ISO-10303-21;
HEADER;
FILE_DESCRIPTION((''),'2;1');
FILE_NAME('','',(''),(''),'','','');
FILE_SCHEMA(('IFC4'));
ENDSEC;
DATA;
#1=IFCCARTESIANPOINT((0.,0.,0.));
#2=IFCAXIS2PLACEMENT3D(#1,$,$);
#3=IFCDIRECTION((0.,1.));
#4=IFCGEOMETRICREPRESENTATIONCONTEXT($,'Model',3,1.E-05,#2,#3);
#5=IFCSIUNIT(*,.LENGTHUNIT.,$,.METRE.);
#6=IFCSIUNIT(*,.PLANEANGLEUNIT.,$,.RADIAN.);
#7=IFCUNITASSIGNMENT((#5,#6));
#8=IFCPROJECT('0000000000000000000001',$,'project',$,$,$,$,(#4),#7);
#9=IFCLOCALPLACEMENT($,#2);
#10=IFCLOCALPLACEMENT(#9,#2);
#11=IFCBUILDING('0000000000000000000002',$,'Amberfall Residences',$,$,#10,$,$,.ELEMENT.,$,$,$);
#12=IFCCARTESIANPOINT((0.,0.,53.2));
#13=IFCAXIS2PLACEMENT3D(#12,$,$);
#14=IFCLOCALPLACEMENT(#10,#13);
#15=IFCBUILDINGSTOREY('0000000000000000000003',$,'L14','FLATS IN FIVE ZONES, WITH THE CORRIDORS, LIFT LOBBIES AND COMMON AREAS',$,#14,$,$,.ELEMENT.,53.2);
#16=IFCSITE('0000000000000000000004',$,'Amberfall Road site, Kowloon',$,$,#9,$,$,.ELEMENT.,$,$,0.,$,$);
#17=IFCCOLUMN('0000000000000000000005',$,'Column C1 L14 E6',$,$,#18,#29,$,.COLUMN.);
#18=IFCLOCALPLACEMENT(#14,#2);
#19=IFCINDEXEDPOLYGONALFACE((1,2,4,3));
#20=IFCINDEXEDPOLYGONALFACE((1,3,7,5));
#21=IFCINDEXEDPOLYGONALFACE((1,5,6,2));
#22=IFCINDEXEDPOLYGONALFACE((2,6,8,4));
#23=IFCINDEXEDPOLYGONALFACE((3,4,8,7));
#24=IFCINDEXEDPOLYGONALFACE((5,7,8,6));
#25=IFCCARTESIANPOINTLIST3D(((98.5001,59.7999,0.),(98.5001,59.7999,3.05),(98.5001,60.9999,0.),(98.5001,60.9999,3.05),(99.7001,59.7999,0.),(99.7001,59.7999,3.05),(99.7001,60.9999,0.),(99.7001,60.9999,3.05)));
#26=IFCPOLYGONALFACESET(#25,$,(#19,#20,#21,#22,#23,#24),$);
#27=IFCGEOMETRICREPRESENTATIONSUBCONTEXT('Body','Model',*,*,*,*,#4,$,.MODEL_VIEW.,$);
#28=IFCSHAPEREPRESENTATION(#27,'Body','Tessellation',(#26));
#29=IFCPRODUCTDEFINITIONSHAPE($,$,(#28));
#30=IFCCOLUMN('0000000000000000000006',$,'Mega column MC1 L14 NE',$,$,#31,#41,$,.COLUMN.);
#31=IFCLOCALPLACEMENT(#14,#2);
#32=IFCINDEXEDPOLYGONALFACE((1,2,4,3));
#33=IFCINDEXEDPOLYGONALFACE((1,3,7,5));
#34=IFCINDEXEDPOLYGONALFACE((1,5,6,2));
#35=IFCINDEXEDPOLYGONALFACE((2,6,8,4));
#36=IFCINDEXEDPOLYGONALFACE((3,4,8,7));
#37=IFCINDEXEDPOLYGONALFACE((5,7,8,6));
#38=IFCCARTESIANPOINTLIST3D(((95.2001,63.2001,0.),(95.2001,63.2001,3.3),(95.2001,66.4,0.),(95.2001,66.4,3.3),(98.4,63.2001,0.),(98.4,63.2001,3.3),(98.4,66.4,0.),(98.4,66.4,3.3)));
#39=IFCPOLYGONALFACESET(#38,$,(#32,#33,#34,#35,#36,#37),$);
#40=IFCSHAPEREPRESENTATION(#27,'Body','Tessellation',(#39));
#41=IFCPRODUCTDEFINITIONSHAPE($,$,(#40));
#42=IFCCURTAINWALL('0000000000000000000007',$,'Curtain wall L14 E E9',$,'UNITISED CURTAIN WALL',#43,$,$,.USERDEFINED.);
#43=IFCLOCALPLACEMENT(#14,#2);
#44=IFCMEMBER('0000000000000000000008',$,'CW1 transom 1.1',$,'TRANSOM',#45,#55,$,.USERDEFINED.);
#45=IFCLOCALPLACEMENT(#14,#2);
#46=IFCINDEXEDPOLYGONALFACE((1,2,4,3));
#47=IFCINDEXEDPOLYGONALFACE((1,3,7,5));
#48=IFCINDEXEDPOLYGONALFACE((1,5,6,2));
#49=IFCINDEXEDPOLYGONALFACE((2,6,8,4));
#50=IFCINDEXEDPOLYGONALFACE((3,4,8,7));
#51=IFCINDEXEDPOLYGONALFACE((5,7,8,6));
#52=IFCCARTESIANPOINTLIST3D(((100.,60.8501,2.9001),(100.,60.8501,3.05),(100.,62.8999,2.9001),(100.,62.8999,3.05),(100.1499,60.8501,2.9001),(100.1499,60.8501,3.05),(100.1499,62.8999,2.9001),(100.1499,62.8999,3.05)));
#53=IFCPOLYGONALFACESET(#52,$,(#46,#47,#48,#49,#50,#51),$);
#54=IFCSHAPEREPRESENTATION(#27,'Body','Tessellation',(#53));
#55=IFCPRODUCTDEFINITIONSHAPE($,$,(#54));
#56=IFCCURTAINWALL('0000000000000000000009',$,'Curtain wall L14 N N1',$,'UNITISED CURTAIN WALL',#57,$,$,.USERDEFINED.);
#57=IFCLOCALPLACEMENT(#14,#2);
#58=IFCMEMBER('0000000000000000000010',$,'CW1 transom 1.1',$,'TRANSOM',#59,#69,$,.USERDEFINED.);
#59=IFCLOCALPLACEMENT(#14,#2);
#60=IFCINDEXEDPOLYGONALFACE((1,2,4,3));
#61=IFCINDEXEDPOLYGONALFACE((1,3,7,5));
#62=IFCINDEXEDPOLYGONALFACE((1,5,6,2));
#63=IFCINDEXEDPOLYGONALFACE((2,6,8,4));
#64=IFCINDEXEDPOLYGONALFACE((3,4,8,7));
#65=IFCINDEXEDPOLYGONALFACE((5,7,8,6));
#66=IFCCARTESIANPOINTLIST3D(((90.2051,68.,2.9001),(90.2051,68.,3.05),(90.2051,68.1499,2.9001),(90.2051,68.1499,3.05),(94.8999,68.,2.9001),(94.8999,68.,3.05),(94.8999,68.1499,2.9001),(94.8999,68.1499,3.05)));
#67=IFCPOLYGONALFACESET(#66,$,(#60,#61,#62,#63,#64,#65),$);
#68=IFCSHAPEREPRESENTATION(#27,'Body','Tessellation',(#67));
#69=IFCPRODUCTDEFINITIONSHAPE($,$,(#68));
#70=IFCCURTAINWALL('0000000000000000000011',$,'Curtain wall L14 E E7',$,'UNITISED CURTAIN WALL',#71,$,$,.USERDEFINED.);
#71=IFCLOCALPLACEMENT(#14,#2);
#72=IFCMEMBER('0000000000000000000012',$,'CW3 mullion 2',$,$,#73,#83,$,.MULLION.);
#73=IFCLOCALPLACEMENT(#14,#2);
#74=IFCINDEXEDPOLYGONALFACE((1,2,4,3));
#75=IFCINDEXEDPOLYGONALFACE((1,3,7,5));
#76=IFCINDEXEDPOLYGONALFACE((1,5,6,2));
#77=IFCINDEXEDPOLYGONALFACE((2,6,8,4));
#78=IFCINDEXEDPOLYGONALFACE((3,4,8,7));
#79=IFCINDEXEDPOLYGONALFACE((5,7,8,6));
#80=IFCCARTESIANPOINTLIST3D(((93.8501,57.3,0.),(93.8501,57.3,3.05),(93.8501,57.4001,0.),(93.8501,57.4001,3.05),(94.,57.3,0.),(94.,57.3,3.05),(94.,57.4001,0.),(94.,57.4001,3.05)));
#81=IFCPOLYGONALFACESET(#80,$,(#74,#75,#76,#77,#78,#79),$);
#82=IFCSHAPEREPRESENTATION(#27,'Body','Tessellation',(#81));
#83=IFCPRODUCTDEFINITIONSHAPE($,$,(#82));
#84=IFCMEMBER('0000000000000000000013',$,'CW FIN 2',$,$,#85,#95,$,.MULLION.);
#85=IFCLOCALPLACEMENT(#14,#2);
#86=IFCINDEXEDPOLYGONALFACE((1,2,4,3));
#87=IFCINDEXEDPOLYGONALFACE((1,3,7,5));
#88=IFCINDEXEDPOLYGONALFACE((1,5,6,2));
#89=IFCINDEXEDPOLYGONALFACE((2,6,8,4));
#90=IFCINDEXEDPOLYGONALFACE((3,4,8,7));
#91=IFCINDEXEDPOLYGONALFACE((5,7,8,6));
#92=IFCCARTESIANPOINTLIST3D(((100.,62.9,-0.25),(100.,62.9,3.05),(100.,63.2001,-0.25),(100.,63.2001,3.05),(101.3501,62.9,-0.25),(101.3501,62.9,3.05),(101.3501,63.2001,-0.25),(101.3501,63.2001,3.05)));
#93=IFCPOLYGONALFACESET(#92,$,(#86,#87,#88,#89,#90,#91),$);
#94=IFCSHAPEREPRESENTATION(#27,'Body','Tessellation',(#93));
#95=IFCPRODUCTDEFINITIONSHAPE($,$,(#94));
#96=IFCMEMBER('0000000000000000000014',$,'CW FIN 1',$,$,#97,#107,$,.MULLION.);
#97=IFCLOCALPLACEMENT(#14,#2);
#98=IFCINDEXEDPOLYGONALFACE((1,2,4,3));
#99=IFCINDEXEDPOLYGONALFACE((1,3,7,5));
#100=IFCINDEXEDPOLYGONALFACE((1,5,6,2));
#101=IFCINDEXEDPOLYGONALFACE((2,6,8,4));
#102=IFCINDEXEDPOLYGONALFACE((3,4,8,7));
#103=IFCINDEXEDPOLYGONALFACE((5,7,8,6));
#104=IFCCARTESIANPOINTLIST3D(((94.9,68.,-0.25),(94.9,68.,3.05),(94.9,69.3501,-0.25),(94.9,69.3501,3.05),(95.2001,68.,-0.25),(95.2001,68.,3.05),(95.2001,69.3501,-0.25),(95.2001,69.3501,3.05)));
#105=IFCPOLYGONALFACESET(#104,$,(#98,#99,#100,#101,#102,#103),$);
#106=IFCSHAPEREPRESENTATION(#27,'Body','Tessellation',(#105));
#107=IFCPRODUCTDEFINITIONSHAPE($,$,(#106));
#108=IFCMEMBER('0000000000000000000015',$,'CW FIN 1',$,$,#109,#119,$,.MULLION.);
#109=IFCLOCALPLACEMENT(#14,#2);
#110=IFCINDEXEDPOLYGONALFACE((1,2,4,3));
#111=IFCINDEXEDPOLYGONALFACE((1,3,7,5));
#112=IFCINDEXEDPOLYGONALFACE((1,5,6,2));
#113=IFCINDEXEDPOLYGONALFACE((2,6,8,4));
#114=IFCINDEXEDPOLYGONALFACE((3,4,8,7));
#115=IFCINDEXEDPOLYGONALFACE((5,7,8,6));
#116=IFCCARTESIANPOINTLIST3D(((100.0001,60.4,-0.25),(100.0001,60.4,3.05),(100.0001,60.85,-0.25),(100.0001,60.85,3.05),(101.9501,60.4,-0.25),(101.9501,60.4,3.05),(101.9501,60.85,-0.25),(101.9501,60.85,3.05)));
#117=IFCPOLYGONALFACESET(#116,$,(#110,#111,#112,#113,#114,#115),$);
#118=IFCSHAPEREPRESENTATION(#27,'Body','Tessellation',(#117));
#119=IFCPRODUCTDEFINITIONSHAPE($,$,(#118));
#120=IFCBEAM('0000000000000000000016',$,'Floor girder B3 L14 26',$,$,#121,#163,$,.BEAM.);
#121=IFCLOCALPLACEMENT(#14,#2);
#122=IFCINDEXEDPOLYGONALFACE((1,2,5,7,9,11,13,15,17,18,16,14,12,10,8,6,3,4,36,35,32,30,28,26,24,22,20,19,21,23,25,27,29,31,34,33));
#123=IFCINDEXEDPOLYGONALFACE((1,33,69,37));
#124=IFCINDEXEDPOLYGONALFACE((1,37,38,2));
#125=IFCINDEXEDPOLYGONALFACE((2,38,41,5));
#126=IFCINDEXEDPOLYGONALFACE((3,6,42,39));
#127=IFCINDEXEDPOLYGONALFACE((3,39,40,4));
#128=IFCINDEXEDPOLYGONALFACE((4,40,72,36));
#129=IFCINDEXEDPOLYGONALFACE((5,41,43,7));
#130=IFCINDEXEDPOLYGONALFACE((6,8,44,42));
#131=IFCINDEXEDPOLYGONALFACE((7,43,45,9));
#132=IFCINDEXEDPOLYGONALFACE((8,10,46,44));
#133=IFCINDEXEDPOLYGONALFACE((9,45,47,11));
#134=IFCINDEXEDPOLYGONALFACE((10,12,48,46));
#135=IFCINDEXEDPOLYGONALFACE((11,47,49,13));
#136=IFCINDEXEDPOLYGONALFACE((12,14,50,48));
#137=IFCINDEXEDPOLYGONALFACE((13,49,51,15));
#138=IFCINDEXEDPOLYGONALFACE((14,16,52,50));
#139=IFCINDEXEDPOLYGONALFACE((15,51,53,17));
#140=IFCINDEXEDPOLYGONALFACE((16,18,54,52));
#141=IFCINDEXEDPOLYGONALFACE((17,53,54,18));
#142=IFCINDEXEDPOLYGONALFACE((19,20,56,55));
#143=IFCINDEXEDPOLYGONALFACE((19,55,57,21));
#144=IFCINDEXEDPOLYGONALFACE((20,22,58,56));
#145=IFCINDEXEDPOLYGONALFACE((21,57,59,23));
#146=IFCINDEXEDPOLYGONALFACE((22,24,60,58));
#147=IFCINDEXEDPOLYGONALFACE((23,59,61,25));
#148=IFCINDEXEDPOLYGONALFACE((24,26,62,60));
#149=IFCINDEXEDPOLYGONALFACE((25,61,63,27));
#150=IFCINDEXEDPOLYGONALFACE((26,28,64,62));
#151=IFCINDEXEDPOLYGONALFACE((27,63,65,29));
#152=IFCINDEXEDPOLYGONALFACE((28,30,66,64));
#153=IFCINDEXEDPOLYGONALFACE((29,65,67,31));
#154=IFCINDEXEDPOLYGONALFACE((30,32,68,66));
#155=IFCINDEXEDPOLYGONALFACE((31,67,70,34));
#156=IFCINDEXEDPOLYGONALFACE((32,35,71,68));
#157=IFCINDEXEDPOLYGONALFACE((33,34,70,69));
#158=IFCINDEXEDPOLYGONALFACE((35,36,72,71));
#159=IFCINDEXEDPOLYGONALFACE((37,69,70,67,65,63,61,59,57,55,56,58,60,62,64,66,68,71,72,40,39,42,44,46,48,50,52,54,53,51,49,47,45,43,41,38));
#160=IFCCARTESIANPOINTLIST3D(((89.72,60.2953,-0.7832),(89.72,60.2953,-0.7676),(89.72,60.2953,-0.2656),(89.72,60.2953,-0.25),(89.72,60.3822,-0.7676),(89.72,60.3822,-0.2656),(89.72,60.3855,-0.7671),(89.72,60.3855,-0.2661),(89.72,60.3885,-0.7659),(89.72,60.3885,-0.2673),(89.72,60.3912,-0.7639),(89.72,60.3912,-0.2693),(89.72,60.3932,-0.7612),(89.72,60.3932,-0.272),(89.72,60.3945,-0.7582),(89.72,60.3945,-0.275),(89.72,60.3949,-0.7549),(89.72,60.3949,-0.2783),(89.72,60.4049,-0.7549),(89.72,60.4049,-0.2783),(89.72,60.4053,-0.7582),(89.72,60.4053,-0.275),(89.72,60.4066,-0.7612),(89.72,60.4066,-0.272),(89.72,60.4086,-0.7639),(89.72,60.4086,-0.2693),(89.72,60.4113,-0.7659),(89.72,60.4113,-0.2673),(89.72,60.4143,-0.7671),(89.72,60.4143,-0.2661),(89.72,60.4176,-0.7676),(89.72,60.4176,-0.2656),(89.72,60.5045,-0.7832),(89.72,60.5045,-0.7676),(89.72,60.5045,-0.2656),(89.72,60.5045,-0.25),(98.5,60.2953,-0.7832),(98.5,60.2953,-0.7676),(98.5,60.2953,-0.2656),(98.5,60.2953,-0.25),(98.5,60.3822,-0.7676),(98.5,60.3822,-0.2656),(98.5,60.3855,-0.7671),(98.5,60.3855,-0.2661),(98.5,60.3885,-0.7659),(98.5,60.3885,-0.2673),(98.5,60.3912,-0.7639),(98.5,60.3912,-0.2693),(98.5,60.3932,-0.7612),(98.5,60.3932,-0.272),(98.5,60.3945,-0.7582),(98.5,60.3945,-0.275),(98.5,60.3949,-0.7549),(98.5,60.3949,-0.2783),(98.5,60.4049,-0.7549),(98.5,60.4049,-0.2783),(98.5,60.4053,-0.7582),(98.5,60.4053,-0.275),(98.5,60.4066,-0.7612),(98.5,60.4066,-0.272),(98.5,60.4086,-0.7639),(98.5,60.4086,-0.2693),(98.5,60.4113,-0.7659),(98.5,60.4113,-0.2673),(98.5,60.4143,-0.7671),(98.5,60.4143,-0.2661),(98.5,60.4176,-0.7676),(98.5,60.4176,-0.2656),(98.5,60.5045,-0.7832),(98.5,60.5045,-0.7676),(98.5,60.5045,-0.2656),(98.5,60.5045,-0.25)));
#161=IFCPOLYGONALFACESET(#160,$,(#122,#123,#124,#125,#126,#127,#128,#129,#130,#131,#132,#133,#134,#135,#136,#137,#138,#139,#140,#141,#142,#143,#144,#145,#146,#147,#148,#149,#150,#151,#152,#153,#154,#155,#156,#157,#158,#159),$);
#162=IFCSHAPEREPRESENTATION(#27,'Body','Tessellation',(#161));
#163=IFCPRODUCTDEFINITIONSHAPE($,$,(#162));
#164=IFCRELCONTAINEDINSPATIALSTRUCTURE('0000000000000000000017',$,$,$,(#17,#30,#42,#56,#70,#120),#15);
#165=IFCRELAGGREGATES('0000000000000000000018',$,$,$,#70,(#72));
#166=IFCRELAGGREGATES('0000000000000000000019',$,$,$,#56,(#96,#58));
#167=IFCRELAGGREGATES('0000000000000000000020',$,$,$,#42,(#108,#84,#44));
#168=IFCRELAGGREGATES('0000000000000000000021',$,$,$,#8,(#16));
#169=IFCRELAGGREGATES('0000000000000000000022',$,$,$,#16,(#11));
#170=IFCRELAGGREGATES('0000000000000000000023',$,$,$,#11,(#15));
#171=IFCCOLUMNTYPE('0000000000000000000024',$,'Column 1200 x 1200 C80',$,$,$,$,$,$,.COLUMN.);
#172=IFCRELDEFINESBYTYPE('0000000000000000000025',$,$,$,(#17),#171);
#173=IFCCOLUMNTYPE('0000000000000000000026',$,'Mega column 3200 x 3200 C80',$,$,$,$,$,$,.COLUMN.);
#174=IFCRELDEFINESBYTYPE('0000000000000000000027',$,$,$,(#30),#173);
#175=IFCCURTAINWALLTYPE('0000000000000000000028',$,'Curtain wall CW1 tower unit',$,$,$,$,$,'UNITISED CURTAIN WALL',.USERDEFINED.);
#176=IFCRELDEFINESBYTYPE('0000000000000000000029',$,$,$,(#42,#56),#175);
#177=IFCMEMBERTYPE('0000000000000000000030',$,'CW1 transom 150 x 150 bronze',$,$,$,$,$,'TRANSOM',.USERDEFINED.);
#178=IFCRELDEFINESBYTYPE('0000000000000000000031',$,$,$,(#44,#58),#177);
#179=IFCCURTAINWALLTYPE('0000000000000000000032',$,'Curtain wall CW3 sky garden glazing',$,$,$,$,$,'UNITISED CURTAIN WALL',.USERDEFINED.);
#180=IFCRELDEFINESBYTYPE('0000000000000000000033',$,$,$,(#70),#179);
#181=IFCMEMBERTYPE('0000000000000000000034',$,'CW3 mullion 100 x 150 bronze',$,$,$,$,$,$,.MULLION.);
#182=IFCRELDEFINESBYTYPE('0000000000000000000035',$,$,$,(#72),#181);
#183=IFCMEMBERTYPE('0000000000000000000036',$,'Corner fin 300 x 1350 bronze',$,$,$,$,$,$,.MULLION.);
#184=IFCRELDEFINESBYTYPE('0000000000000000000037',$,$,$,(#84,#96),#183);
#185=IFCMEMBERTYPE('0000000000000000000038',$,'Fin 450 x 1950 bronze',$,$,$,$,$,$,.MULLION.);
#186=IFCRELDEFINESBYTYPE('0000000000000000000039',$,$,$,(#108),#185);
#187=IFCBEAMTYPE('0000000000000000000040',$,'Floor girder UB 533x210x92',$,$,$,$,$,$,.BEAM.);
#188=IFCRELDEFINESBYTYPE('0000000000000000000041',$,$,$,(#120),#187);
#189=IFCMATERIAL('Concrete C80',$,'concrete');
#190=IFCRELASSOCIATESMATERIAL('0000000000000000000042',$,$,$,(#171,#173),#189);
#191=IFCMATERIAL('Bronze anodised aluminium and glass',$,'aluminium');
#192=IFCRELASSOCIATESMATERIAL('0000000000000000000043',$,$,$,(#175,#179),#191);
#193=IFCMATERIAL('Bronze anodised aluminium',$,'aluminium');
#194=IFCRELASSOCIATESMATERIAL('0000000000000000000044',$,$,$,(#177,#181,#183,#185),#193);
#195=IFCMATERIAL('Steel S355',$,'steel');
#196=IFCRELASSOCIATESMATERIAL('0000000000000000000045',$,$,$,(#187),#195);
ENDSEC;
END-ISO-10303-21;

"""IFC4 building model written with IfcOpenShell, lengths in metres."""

from ifc_helpers import new_model, si_unit, direction, frame, origin, origin_2d, place, context, subcontext, project, spatial, rectangle, i_section, extrude, material, material_profile, profile_set, type_object, element, aggregate, save


model = new_model("IFC4")

# Units and contexts
model_context = context("Model", 3, precision=1e-05, world=origin(), true_north=direction((0.0, 1.0)))
body_context = subcontext(model_context, "Body", "Model", "MODEL_VIEW")
ifc_project = project(units=[si_unit("LENGTHUNIT", "METRE"), si_unit("PLANEANGLEUNIT", "RADIAN")], contexts=[model_context])

# Site, building, storey
site_placement = place(None, origin())
site = spatial("IfcSite", under=ifc_project, at=site_placement, Name="Amberfall Road site, Kowloon", CompositionType="ELEMENT", RefElevation=0.0)
building_placement = place(site_placement, origin())
building = spatial("IfcBuilding", under=site, at=building_placement, Name="Amberfall Residences", CompositionType="ELEMENT")
storey_placement = place(building_placement, frame((0.0, 0.0, 53.2)))
storey = spatial("IfcBuildingStorey", under=building, at=storey_placement, Name="L14", Description="FLATS IN FIVE ZONES, WITH THE CORRIDORS, LIFT LOBBIES AND COMMON AREAS", CompositionType="ELEMENT", Elevation=53.2)

# Columns
ifc_material_1 = material(Name="Concrete C80", Category="concrete")
ifc_material_profile_1 = material_profile(ifc_material_1, rectangle(XDim=1.2, YDim=1.2, at=origin_2d()), Name="Column 1200 x 1200 C80")
ifc_profile_set_1 = profile_set([ifc_material_profile_1], Name="Concrete C80")
column_type_1 = type_object("IfcColumnType", Name="Column 1200 x 1200 C80", PredefinedType="COLUMN", material=ifc_profile_set_1)
column_1_placement = place(storey_placement, frame((99.1001, 60.3999, 0.0), z_axis=(0.0, 0.0, 1.0), x_axis=(1.0, 0.0, 0.0)))
element("IfcColumn", 1, at=column_1_placement, inside=storey, type_object=column_type_1, Name="Column C1 L14 E6", PredefinedType="COLUMN", context=body_context, shape_type="SweptSolid", body=[
    extrude(rectangle(XDim=1.2, YDim=1.2, at=origin_2d()), origin(), (0.0, 0.0, 1.0), 3.05),
])
ifc_material_profile_2 = material_profile(ifc_material_1, rectangle(XDim=3.2, YDim=3.2, at=origin_2d()), Name="Mega column 3200 x 3200 C80")
ifc_profile_set_2 = profile_set([ifc_material_profile_2], Name="Concrete C80")
column_type_2 = type_object("IfcColumnType", Name="Mega column 3200 x 3200 C80", PredefinedType="COLUMN", material=ifc_profile_set_2)
column_2_placement = place(storey_placement, frame((96.8, 64.8, 0.0), z_axis=(0.0, 0.0, 1.0), x_axis=(1.0, 0.0, 0.0)))
element("IfcColumn", 2, at=column_2_placement, inside=storey, type_object=column_type_2, Name="Mega column MC1 L14 NE", PredefinedType="COLUMN", context=body_context, shape_type="SweptSolid", body=[
    extrude(rectangle(XDim=3.2, YDim=3.2, at=origin_2d()), origin(), (0.0, 0.0, 1.0), 3.3),
])

# Curtain walls, members
ifc_material_2 = material(Name="Bronze anodised aluminium and glass", Category="aluminium")
curtain_wall_type_1 = type_object("IfcCurtainWallType", Name="Curtain wall CW1 tower unit", ElementType="UNITISED CURTAIN WALL", PredefinedType="USERDEFINED", material=ifc_material_2)
curtain_wall_1_placement = place(storey_placement, origin())
curtain_wall_1 = element("IfcCurtainWall", 3, at=curtain_wall_1_placement, inside=storey, type_object=curtain_wall_type_1, Name="Curtain wall L14 E E9", ObjectType="UNITISED CURTAIN WALL", PredefinedType="USERDEFINED")
ifc_material_3 = material(Name="Bronze anodised aluminium", Category="aluminium")
ifc_material_profile_3 = material_profile(ifc_material_3, rectangle(XDim=0.1499, YDim=0.1499, at=origin_2d()), Name="CW1 transom 150 x 150 bronze")
ifc_profile_set_3 = profile_set([ifc_material_profile_3], Name="Bronze anodised aluminium")
member_type_1 = type_object("IfcMemberType", Name="CW1 transom 150 x 150 bronze", ElementType="TRANSOM", PredefinedType="USERDEFINED", material=ifc_profile_set_3)
member_1_placement = place(storey_placement, frame((100.075, 60.8501, 2.9751), z_axis=(0.0, 1.0, 0.0), x_axis=(-1.0, 0.0, 0.0)))
member_1 = element("IfcMember", 4, at=member_1_placement, type_object=member_type_1, Name="CW1 transom 1.1", ObjectType="TRANSOM", PredefinedType="USERDEFINED", context=body_context, shape_type="SweptSolid", body=[
    extrude(rectangle(XDim=0.1499, YDim=0.1499, at=origin_2d()), origin(), (0.0, 0.0, 1.0), 2.0498),
])
curtain_wall_2_placement = place(storey_placement, origin())
curtain_wall_2 = element("IfcCurtainWall", 5, at=curtain_wall_2_placement, inside=storey, type_object=curtain_wall_type_1, Name="Curtain wall L14 N N1", ObjectType="UNITISED CURTAIN WALL", PredefinedType="USERDEFINED")
member_2_placement = place(storey_placement, frame((94.8999, 68.075, 2.9751), z_axis=(-1.0, 0.0, 0.0), x_axis=(0.0, -1.0, 0.0)))
member_2 = element("IfcMember", 6, at=member_2_placement, type_object=member_type_1, Name="CW1 transom 1.1", ObjectType="TRANSOM", PredefinedType="USERDEFINED", context=body_context, shape_type="SweptSolid", body=[
    extrude(rectangle(XDim=0.1499, YDim=0.1499, at=origin_2d()), origin(), (0.0, 0.0, 1.0), 4.6948),
])
curtain_wall_type_2 = type_object("IfcCurtainWallType", Name="Curtain wall CW3 sky garden glazing", ElementType="UNITISED CURTAIN WALL", PredefinedType="USERDEFINED", material=ifc_material_2)
curtain_wall_3_placement = place(storey_placement, origin())
curtain_wall_3 = element("IfcCurtainWall", 7, at=curtain_wall_3_placement, inside=storey, type_object=curtain_wall_type_2, Name="Curtain wall L14 E E7", ObjectType="UNITISED CURTAIN WALL", PredefinedType="USERDEFINED")
ifc_material_profile_4 = material_profile(ifc_material_3, rectangle(XDim=0.1499, YDim=0.1001, at=origin_2d()), Name="CW3 mullion 100 x 150 bronze")
ifc_profile_set_4 = profile_set([ifc_material_profile_4], Name="Bronze anodised aluminium")
member_type_2 = type_object("IfcMemberType", Name="CW3 mullion 100 x 150 bronze", PredefinedType="MULLION", material=ifc_profile_set_4)
member_3_placement = place(storey_placement, frame((93.925, 57.3501, 0.0), z_axis=(0.0, 0.0, 1.0), x_axis=(-1.0, 0.0, 0.0)))
member_3 = element("IfcMember", 8, at=member_3_placement, type_object=member_type_2, Name="CW3 mullion 2", PredefinedType="MULLION", context=body_context, shape_type="SweptSolid", body=[
    extrude(rectangle(XDim=0.1499, YDim=0.1001, at=origin_2d()), origin(), (0.0, 0.0, 1.0), 3.05),
])
aggregate(curtain_wall_3, [member_3])

# Members
ifc_material_profile_5 = material_profile(ifc_material_3, rectangle(XDim=1.3501, YDim=0.3, at=origin_2d()), Name="Corner fin 300 x 1350 bronze")
ifc_profile_set_5 = profile_set([ifc_material_profile_5], Name="Bronze anodised aluminium")
member_type_3 = type_object("IfcMemberType", Name="Corner fin 300 x 1350 bronze", PredefinedType="MULLION", material=ifc_profile_set_5)
member_4_placement = place(storey_placement, frame((100.675, 63.05, -0.25), z_axis=(0.0, 0.0, 1.0), x_axis=(-1.0, 0.0, 0.0)))
member_4 = element("IfcMember", 9, at=member_4_placement, type_object=member_type_3, Name="CW FIN 2", PredefinedType="MULLION", context=body_context, shape_type="SweptSolid", body=[
    extrude(rectangle(XDim=1.3501, YDim=0.3, at=origin_2d()), origin(), (0.0, 0.0, 1.0), 3.3),
])
member_5_placement = place(storey_placement, frame((95.05, 68.675, -0.25), z_axis=(0.0, 0.0, 1.0), x_axis=(0.0, -1.0, 0.0)))
member_5 = element("IfcMember", 10, at=member_5_placement, type_object=member_type_3, Name="CW FIN 1", PredefinedType="MULLION", context=body_context, shape_type="SweptSolid", body=[
    extrude(rectangle(XDim=1.3501, YDim=0.3, at=origin_2d()), origin(), (0.0, 0.0, 1.0), 3.3),
])
aggregate(curtain_wall_2, [member_5, member_2])
ifc_material_profile_6 = material_profile(ifc_material_3, rectangle(XDim=1.95, YDim=0.45, at=origin_2d()), Name="Fin 450 x 1950 bronze")
ifc_profile_set_6 = profile_set([ifc_material_profile_6], Name="Bronze anodised aluminium")
member_type_4 = type_object("IfcMemberType", Name="Fin 450 x 1950 bronze", PredefinedType="MULLION", material=ifc_profile_set_6)
member_6_placement = place(storey_placement, frame((100.9751, 60.625, -0.25), z_axis=(0.0, 0.0, 1.0), x_axis=(-1.0, 0.0, 0.0)))
member_6 = element("IfcMember", 11, at=member_6_placement, type_object=member_type_4, Name="CW FIN 1", PredefinedType="MULLION", context=body_context, shape_type="SweptSolid", body=[
    extrude(rectangle(XDim=1.95, YDim=0.45, at=origin_2d()), origin(), (0.0, 0.0, 1.0), 3.3),
])

# Beam
ifc_material_4 = material(Name="Steel S355", Category="steel")
ifc_material_profile_7 = material_profile(ifc_material_4, i_section(OverallWidth=0.2092, OverallDepth=0.5332, WebThickness=0.01, FlangeThickness=0.0156, FilletRadius=0.0127, at=origin_2d()), Name="UB 533x210x92")
ifc_profile_set_7 = profile_set([ifc_material_profile_7], Name="Steel S355")
beam_type_1 = type_object("IfcBeamType", Name="Floor girder UB 533x210x92", PredefinedType="BEAM", material=ifc_profile_set_7)
beam_1_placement = place(storey_placement, frame((98.5, 60.3999, -0.5166), z_axis=(-1.0, 0.0, 0.0), x_axis=(0.0, -1.0, 0.0)))
element("IfcBeam", 12, at=beam_1_placement, inside=storey, type_object=beam_type_1, Name="Floor girder B3 L14 26", PredefinedType="BEAM", context=body_context, shape_type="SweptSolid", body=[
    extrude(i_section(OverallWidth=0.2092, OverallDepth=0.5332, WebThickness=0.01, FlangeThickness=0.0156, FilletRadius=0.0127, at=origin_2d()), origin(), (0.0, 0.0, 1.0), 8.78),
])

aggregate(curtain_wall_1, [member_6, member_4, member_1])

save(model, "model.ifc")
